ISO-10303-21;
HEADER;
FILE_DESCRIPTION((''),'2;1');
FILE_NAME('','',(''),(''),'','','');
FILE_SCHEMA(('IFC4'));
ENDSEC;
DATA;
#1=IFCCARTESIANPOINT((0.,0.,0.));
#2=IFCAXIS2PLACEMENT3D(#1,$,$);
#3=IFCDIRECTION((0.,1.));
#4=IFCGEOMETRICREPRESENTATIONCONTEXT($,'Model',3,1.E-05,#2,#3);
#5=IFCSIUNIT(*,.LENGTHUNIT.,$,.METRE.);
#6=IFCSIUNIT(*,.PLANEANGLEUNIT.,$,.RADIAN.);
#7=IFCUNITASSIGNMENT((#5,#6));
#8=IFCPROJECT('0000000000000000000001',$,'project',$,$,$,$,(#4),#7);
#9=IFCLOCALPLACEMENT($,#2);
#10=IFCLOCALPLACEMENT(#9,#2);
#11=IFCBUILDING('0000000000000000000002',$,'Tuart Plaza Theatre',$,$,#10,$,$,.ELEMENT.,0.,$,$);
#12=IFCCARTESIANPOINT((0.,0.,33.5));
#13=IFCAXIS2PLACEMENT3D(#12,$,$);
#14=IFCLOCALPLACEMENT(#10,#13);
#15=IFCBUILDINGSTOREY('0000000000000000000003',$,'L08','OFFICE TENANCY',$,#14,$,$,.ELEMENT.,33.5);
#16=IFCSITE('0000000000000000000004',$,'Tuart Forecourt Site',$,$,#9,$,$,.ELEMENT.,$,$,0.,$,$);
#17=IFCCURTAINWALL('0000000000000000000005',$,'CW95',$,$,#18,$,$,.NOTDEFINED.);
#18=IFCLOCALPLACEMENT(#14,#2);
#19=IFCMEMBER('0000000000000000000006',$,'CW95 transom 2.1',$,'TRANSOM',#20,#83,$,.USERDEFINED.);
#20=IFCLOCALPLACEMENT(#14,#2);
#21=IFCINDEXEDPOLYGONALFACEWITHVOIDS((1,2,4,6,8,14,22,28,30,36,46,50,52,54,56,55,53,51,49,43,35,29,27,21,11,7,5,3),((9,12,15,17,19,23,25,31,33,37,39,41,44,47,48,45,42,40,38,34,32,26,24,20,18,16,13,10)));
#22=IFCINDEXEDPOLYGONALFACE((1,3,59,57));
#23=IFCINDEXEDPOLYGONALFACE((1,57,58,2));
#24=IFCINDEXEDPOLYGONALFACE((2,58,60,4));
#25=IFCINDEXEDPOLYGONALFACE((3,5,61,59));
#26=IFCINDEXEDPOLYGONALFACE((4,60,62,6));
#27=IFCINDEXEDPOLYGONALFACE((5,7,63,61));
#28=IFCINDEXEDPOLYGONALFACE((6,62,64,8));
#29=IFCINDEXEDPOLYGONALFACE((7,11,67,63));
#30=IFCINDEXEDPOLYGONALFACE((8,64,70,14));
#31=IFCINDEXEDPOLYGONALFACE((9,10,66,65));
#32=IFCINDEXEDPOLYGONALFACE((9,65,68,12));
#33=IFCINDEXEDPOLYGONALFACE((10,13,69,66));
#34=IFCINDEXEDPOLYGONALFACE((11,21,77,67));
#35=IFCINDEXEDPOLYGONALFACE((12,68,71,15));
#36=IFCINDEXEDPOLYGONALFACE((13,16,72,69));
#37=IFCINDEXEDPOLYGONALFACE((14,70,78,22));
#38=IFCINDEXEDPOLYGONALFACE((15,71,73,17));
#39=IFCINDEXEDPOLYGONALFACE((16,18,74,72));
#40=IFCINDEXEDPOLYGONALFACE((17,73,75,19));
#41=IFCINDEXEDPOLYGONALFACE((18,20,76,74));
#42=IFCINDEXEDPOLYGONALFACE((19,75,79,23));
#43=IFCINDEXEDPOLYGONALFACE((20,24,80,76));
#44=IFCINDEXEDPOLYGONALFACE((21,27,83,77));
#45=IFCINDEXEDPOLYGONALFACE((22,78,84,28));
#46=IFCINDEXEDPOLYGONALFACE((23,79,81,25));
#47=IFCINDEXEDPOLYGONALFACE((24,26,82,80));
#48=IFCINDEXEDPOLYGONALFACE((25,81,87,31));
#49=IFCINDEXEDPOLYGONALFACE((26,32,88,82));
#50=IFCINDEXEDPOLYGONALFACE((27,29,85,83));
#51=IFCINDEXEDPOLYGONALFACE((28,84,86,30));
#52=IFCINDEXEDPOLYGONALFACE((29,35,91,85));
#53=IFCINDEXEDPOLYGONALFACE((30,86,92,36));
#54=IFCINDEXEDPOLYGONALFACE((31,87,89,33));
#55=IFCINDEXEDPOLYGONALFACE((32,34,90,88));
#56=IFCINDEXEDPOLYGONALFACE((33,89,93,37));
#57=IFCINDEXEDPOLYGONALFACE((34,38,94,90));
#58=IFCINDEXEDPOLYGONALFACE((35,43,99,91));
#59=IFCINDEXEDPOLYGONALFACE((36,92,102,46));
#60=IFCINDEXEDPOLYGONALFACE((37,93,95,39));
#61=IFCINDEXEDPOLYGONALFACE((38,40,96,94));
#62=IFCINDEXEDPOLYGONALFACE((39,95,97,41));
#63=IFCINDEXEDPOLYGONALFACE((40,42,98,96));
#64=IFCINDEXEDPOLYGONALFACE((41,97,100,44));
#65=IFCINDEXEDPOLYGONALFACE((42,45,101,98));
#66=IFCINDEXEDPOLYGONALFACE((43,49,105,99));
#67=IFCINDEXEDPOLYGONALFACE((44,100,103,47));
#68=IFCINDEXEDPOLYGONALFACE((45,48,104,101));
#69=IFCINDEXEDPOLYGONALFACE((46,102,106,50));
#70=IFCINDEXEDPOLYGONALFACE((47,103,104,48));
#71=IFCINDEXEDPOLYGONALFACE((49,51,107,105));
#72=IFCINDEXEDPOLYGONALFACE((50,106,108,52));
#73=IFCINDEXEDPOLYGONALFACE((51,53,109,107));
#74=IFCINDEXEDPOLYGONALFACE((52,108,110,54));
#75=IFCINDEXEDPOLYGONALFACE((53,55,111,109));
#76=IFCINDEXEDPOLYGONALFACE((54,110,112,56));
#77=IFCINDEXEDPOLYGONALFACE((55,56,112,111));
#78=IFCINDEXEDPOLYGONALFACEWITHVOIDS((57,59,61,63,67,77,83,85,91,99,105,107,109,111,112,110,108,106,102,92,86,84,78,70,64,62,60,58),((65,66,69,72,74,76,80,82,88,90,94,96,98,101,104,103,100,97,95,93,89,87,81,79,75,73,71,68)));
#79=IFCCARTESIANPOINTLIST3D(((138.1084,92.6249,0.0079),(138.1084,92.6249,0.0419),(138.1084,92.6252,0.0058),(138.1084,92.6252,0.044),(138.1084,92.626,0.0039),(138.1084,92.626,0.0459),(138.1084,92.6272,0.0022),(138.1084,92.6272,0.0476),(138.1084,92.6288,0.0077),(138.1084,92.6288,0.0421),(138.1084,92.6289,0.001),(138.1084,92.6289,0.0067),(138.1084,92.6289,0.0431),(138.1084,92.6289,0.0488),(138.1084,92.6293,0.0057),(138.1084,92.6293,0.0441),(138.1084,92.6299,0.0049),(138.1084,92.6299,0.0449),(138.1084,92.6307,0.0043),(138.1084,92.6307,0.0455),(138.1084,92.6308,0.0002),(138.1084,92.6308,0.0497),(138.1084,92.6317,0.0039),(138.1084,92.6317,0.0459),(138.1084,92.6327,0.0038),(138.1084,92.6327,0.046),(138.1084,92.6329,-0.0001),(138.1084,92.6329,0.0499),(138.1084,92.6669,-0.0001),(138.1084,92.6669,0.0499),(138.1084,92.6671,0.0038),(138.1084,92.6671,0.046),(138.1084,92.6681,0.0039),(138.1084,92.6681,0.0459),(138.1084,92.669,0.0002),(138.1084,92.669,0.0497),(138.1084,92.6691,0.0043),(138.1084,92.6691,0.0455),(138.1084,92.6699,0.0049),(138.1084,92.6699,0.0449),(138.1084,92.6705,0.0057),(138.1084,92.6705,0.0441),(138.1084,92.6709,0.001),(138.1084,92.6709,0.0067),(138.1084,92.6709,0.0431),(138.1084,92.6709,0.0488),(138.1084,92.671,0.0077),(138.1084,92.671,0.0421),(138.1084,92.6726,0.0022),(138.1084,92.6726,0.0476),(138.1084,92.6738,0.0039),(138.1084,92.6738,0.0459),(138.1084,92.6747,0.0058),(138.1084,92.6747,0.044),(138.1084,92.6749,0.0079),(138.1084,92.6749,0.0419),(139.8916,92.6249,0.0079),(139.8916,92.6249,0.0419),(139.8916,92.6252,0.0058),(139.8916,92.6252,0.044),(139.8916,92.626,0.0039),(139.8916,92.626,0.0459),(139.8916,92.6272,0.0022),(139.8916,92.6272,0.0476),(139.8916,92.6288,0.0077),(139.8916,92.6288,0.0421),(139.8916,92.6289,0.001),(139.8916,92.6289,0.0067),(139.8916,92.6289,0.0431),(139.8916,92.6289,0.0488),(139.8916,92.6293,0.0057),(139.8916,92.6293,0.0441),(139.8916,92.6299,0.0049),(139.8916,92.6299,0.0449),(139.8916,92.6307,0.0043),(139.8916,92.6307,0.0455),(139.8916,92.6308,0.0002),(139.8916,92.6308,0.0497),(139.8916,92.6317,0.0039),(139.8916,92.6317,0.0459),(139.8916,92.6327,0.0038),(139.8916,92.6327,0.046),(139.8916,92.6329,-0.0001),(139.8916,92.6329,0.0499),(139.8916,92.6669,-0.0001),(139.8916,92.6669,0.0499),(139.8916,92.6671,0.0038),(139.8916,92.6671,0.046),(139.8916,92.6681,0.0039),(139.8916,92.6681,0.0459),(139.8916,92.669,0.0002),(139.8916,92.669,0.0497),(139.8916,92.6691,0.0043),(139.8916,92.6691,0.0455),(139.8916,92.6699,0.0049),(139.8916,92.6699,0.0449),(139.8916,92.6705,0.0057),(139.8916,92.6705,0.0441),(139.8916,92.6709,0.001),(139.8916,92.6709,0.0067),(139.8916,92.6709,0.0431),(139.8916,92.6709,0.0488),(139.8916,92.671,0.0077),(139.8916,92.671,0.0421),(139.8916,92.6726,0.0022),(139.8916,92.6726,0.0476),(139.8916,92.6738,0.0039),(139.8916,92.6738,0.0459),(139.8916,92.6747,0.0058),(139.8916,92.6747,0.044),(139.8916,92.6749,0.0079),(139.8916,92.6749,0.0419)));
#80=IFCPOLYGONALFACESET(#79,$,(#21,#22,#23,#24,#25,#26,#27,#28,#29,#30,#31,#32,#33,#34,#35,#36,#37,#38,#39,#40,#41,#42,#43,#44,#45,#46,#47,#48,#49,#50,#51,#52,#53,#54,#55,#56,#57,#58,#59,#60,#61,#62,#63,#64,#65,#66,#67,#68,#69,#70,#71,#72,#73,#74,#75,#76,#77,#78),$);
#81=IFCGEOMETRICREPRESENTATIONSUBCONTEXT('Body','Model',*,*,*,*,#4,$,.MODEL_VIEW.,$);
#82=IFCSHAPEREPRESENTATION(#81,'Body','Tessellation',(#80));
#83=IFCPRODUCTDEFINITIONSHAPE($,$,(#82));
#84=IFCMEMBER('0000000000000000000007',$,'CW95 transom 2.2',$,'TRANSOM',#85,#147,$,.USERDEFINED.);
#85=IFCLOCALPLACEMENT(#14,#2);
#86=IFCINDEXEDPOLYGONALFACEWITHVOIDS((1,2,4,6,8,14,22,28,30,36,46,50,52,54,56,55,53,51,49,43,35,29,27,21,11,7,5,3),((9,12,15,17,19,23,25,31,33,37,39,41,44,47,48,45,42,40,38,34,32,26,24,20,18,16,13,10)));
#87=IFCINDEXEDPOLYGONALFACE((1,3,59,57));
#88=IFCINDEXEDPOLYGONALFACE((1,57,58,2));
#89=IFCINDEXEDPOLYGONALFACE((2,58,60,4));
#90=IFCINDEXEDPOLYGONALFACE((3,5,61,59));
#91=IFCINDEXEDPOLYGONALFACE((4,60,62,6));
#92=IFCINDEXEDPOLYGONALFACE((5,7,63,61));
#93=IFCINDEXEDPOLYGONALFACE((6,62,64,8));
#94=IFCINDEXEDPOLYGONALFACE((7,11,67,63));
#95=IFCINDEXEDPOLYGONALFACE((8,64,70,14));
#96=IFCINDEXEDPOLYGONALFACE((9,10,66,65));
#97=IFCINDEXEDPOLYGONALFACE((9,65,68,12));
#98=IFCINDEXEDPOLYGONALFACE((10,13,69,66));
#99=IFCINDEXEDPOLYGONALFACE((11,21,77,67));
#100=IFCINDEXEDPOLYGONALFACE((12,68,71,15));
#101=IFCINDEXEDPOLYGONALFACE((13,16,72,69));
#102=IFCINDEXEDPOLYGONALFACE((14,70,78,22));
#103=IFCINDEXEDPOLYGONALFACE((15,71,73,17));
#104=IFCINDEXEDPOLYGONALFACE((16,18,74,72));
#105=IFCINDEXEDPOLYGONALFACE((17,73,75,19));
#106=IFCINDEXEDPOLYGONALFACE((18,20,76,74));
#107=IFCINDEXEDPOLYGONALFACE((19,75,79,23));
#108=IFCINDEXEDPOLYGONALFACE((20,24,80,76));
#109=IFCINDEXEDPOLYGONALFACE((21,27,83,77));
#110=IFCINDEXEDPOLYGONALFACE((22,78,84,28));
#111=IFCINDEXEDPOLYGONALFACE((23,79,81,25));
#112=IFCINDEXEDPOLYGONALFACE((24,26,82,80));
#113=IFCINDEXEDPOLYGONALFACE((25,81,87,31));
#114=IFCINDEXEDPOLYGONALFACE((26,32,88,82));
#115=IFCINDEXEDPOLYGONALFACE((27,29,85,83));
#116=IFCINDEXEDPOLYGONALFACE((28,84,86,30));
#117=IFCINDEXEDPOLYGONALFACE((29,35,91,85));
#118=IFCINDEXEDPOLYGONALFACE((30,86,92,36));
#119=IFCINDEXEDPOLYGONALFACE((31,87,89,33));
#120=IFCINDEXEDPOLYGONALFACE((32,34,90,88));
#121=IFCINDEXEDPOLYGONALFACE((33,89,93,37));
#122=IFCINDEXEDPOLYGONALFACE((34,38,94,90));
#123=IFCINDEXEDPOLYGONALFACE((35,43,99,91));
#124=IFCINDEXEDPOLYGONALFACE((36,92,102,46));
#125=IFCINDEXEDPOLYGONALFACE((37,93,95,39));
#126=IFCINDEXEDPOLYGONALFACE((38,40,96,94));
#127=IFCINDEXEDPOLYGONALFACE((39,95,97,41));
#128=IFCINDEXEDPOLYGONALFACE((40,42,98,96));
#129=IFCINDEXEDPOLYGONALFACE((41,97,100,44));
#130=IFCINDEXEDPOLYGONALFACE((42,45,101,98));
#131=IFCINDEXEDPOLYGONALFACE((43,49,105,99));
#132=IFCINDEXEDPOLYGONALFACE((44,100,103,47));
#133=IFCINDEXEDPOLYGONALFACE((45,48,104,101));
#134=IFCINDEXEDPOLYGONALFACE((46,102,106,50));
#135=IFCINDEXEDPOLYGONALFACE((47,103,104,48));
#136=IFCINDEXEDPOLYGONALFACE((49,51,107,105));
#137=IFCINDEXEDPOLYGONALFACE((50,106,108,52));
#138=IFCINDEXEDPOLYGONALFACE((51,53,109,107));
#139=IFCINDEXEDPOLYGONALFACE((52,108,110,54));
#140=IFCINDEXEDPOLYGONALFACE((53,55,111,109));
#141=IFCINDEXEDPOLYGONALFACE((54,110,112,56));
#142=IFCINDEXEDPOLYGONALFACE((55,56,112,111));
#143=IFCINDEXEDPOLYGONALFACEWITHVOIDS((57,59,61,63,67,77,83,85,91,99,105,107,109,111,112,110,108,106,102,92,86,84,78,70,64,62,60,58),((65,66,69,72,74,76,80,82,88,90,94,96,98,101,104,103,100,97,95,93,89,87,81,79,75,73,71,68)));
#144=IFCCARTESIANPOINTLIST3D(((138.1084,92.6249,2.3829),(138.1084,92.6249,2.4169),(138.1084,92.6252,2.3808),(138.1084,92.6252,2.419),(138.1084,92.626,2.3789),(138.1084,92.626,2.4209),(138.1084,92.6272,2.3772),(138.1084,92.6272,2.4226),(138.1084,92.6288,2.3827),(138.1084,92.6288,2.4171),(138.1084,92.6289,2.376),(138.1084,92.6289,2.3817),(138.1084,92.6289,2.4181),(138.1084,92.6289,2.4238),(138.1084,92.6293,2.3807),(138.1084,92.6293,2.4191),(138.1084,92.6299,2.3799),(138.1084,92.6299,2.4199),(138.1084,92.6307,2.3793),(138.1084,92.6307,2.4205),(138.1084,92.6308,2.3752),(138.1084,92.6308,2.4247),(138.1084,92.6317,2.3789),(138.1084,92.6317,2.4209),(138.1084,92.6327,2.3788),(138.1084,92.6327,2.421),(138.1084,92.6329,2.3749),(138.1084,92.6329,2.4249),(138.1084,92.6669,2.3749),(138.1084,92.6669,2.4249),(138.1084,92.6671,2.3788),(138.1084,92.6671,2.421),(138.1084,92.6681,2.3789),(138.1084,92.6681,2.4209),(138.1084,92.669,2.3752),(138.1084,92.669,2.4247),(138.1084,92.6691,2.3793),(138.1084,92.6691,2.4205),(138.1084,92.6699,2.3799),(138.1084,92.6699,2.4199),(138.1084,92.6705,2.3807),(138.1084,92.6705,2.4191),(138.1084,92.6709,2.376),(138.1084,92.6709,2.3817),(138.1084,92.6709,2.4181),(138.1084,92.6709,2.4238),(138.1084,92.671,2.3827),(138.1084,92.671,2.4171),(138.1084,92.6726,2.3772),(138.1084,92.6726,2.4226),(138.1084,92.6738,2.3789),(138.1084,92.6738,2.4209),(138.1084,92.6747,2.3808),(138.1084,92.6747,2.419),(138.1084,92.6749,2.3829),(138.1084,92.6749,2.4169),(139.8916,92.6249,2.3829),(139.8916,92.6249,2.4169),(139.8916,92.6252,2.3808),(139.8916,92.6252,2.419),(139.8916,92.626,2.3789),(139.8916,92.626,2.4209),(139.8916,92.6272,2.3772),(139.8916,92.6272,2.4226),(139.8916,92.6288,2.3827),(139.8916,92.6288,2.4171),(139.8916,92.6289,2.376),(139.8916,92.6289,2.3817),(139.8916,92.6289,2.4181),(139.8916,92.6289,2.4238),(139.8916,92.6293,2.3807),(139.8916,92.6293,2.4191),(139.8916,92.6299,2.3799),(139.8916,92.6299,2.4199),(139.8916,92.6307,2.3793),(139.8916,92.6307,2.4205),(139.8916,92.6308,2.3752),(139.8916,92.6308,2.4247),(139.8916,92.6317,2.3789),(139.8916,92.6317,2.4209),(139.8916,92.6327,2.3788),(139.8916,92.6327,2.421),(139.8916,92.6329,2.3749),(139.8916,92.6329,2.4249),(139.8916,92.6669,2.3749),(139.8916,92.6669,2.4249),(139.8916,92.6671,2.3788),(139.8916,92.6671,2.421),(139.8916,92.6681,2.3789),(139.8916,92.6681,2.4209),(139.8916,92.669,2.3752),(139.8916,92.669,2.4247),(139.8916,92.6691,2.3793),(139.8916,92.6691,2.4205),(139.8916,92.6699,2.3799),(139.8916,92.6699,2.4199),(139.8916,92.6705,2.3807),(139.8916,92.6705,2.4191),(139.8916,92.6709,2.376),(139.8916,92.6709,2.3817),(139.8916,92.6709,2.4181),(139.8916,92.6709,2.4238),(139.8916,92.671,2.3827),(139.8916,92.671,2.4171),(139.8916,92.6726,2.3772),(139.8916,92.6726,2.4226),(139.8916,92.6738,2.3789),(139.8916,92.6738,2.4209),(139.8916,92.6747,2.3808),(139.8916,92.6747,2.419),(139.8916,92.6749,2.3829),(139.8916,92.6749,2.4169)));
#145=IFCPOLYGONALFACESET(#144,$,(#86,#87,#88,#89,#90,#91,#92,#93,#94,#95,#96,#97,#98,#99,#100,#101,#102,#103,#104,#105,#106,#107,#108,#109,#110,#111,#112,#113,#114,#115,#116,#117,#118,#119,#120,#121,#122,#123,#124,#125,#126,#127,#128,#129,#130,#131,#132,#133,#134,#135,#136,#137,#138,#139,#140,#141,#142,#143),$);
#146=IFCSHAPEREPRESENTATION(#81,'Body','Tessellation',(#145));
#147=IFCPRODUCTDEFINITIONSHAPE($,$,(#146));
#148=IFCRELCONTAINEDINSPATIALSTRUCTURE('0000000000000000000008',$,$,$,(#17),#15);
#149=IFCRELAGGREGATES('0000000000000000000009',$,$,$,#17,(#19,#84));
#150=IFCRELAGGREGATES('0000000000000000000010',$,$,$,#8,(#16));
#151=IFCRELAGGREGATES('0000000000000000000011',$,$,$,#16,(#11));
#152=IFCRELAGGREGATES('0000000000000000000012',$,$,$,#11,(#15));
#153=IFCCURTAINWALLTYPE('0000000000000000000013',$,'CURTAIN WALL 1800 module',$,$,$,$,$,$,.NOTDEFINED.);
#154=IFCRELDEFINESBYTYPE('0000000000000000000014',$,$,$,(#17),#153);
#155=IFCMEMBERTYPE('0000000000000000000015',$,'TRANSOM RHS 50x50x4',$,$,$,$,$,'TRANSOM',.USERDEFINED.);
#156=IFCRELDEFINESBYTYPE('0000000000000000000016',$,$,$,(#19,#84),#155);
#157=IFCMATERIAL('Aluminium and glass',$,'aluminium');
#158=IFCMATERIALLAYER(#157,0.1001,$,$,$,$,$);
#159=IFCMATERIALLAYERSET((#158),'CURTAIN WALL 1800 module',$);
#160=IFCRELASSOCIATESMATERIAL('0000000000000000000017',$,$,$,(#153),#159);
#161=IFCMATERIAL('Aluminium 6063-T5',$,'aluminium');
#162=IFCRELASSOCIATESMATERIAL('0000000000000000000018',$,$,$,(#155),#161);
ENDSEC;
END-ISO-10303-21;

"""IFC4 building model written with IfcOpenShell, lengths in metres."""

from ifc_helpers import new_model, si_unit, direction, frame, origin, origin_2d, place, context, subcontext, project, spatial, hollow_rectangle, extrude, material, layer, layer_set, material_profile, profile_set, type_object, element, aggregate, save


model = new_model("IFC4")

# Units and contexts
model_context = context("Model", 3, precision=1e-05, world=origin(), true_north=direction((0.0, 1.0)))
body_context = subcontext(model_context, "Body", "Model", "MODEL_VIEW")
ifc_project = project(units=[si_unit("LENGTHUNIT", "METRE"), si_unit("PLANEANGLEUNIT", "RADIAN")], contexts=[model_context])

# Site, building, storey
site_placement = place(None, origin())
site = spatial("IfcSite", under=ifc_project, at=site_placement, Name="Tuart Forecourt Site", CompositionType="ELEMENT", RefElevation=0.0)
building_placement = place(site_placement, origin())
building = spatial("IfcBuilding", under=site, at=building_placement, Name="Tuart Plaza Theatre", CompositionType="ELEMENT", ElevationOfRefHeight=0.0)
storey_placement = place(building_placement, frame((0.0, 0.0, 33.5)))
storey = spatial("IfcBuildingStorey", under=building, at=storey_placement, Name="L08", Description="OFFICE TENANCY", CompositionType="ELEMENT", Elevation=33.5)

# Curtain wall, members
ifc_material_1 = material(Name="Aluminium and glass", Category="aluminium")
ifc_layer_1 = layer(ifc_material_1, 0.1001)
ifc_layer_set_1 = layer_set([ifc_layer_1], Name="CURTAIN WALL 1800 module")
curtain_wall_type = type_object("IfcCurtainWallType", Name="CURTAIN WALL 1800 module", PredefinedType="NOTDEFINED", material=ifc_layer_set_1)
curtain_wall_placement = place(storey_placement, origin())
curtain_wall = element("IfcCurtainWall", 1, at=curtain_wall_placement, inside=storey, type_object=curtain_wall_type, Name="CW95", PredefinedType="NOTDEFINED")
ifc_material_2 = material(Name="Aluminium 6063-T5", Category="aluminium")
ifc_material_profile_1 = material_profile(ifc_material_2, hollow_rectangle(XDim=0.05, YDim=0.05, WallThickness=0.0039, InnerFilletRadius=0.0039, OuterFilletRadius=0.0081, at=origin_2d()), Name="RHS 50x50x4")
ifc_profile_set_1 = profile_set([ifc_material_profile_1], Name="Aluminium 6063-T5")
member_type_1 = type_object("IfcMemberType", Name="TRANSOM RHS 50x50x4", ElementType="TRANSOM", PredefinedType="USERDEFINED", material=ifc_profile_set_1)
member_1_placement = place(storey_placement, frame((139.8916, 92.6499, 0.0249), z_axis=(-1.0, 0.0, 0.0), x_axis=(0.0, -1.0, 0.0)))
member_1 = element("IfcMember", 2, at=member_1_placement, type_object=member_type_1, Name="CW95 transom 2.1", ObjectType="TRANSOM", PredefinedType="USERDEFINED", context=body_context, shape_type="SweptSolid", body=[
    extrude(hollow_rectangle(XDim=0.05, YDim=0.05, WallThickness=0.0039, InnerFilletRadius=0.0039, OuterFilletRadius=0.0081, at=origin_2d()), origin(), (0.0, 0.0, 1.0), 1.7832),
])
member_2_placement = place(storey_placement, frame((139.8916, 92.6499, 2.3999), z_axis=(-1.0, 0.0, 0.0), x_axis=(0.0, -1.0, 0.0)))
member_2 = element("IfcMember", 3, at=member_2_placement, type_object=member_type_1, Name="CW95 transom 2.2", ObjectType="TRANSOM", PredefinedType="USERDEFINED", context=body_context, shape_type="SweptSolid", body=[
    extrude(hollow_rectangle(XDim=0.05, YDim=0.05, WallThickness=0.0039, InnerFilletRadius=0.0039, OuterFilletRadius=0.0081, at=origin_2d()), origin(), (0.0, 0.0, 1.0), 1.7832),
])
aggregate(curtain_wall, [member_1, member_2])

save(model, "model.ifc")
